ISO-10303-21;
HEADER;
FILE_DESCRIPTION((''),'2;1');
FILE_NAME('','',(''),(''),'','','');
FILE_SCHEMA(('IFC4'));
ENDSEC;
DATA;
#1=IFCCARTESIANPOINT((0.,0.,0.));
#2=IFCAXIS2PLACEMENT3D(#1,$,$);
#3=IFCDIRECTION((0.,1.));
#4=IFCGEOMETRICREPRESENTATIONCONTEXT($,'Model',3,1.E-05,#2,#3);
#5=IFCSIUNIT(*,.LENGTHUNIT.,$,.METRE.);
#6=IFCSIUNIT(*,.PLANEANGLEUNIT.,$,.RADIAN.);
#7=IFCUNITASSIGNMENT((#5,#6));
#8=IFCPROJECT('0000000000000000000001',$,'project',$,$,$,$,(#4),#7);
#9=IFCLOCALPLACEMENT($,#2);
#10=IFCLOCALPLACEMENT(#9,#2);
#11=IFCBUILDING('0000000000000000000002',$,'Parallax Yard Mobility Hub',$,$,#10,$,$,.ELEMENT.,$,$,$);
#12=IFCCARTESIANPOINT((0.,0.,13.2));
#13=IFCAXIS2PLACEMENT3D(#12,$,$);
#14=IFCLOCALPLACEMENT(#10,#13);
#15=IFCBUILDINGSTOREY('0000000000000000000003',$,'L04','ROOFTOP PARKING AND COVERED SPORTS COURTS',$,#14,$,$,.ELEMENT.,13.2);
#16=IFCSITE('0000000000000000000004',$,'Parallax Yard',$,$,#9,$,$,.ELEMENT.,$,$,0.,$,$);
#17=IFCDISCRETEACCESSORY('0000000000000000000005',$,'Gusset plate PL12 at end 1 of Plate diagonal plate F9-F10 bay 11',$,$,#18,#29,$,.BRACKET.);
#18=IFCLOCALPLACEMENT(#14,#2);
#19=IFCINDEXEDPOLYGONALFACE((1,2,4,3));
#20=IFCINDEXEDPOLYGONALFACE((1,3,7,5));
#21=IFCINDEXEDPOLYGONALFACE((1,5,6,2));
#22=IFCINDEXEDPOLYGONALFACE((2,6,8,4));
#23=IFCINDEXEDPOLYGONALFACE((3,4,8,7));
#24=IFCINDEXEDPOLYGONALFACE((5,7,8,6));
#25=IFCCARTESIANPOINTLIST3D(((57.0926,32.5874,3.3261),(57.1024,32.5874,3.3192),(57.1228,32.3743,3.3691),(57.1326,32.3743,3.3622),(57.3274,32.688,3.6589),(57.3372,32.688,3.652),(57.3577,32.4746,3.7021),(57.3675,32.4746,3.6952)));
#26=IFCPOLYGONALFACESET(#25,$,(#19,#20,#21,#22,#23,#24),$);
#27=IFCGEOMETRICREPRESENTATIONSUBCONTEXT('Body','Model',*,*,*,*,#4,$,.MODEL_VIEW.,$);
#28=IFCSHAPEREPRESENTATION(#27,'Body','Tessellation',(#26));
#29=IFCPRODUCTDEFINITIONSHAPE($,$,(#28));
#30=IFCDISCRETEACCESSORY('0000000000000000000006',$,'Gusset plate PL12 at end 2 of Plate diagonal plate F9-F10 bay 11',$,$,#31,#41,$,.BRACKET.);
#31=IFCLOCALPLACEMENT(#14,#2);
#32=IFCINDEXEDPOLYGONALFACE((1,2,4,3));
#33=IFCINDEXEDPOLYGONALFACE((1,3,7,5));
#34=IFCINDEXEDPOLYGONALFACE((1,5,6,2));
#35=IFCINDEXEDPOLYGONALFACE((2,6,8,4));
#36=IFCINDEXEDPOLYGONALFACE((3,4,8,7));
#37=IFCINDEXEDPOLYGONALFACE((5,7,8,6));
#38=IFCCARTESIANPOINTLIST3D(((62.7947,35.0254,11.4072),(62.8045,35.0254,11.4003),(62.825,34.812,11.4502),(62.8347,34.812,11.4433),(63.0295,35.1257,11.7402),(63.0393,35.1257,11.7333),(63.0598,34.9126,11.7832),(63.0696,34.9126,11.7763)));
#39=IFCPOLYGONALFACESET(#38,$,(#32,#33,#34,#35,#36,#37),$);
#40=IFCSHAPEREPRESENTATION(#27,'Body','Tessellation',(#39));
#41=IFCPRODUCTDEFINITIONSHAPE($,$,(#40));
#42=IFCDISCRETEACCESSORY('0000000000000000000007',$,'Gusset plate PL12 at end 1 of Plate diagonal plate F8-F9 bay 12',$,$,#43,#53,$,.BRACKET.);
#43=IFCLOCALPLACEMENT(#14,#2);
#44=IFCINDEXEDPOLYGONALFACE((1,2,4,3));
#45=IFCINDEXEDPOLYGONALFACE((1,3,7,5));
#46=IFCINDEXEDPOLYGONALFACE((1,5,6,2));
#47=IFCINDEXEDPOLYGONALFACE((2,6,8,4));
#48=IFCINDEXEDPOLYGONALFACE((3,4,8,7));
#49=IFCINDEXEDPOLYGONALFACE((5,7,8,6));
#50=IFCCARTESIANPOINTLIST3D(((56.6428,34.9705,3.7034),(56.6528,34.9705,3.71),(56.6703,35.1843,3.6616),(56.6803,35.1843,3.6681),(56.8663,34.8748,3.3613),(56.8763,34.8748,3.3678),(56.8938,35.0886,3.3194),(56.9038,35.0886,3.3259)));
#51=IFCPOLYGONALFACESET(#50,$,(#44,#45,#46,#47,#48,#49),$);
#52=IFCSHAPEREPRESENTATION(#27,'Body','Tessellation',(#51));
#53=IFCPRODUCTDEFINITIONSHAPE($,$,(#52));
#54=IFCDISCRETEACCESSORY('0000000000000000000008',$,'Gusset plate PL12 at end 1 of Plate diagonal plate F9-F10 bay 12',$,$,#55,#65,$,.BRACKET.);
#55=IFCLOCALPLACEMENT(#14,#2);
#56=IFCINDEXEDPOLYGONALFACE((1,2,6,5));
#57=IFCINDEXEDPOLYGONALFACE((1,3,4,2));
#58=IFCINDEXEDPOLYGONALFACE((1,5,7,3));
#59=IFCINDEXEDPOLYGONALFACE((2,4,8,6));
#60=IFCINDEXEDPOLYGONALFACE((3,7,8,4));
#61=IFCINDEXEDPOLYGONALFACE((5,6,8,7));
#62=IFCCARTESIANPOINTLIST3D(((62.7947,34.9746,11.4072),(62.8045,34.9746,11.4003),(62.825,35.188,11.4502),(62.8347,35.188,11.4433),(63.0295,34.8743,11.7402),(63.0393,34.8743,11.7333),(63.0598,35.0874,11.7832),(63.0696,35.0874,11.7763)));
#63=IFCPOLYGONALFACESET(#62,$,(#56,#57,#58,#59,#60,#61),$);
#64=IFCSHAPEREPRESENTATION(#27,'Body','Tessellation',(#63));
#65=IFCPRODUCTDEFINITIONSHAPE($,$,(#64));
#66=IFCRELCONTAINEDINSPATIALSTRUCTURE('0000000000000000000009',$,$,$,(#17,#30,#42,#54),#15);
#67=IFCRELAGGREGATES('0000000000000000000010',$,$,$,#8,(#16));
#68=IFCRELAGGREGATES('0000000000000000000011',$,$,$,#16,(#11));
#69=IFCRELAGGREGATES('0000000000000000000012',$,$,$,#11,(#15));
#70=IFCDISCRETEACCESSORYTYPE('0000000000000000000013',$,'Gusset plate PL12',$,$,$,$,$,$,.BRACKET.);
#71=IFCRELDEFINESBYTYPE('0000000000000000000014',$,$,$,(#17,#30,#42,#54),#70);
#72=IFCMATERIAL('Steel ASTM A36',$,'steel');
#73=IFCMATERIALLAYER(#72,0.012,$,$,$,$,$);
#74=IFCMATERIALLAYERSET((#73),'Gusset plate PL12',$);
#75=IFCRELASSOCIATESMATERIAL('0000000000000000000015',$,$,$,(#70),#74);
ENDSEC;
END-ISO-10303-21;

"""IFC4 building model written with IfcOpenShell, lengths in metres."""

from ifc_helpers import new_model, si_unit, direction, frame, origin, place, context, subcontext, project, spatial, polyline, outline, extrude, material, layer, layer_set, type_object, element, save


model = new_model("IFC4")

# Units and contexts
model_context = context("Model", 3, precision=1e-05, world=origin(), true_north=direction((0.0, 1.0)))
body_context = subcontext(model_context, "Body", "Model", "MODEL_VIEW")
ifc_project = project(units=[si_unit("LENGTHUNIT", "METRE"), si_unit("PLANEANGLEUNIT", "RADIAN")], contexts=[model_context])

# Site, building, storey
site_placement = place(None, origin())
site = spatial("IfcSite", under=ifc_project, at=site_placement, Name="Parallax Yard", CompositionType="ELEMENT", RefElevation=0.0)
building_placement = place(site_placement, origin())
building = spatial("IfcBuilding", under=site, at=building_placement, Name="Parallax Yard Mobility Hub", CompositionType="ELEMENT")
storey_placement = place(building_placement, frame((0.0, 0.0, 13.2)))
storey = spatial("IfcBuildingStorey", under=building, at=storey_placement, Name="L04", Description="ROOFTOP PARKING AND COVERED SPORTS COURTS", CompositionType="ELEMENT", Elevation=13.2)

# Discrete accessories
ifc_material_1 = material(Name="Steel ASTM A36", Category="steel")
ifc_layer = layer(ifc_material_1, 0.012)
ifc_layer_set = layer_set([ifc_layer], Name="Gusset plate PL12")
discrete_accessory_type = type_object("IfcDiscreteAccessoryType", Name="Gusset plate PL12", PredefinedType="BRACKET", material=ifc_layer_set)
discrete_accessory_1_placement = place(storey_placement, frame((57.3274, 32.688, 3.6589), z_axis=(-0.817167, 0.000465, 0.576401), x_axis=(-0.559681, -0.239756, -0.793268)))
element("IfcDiscreteAccessory", 1, at=discrete_accessory_1_placement, inside=storey, type_object=discrete_accessory_type, Name="Gusset plate PL12 at end 1 of Plate diagonal plate F9-F10 bay 11", PredefinedType="BRACKET", context=body_context, shape_type="SweptSolid", body=[
    extrude(outline(polyline([(0.0, 0.0), (0.4195, 0.0), (0.4196, 0.2195), (-0.0001, 0.2198), (0.0, 0.0)])), origin(), (0.0, 0.0, -1.0), 0.012),
])
discrete_accessory_2_placement = place(storey_placement, frame((62.825, 34.812, 11.4502), z_axis=(-0.817216, 0.000114, 0.576331), x_axis=(0.559559, 0.239645, 0.793388)))
element("IfcDiscreteAccessory", 2, at=discrete_accessory_2_placement, inside=storey, type_object=discrete_accessory_type, Name="Gusset plate PL12 at end 2 of Plate diagonal plate F9-F10 bay 11", PredefinedType="BRACKET", context=body_context, shape_type="SweptSolid", body=[
    extrude(outline(polyline([(0.0, 0.0), (0.4197, 0.0), (0.4198, 0.2195), (0.0001, 0.2198), (0.0, 0.0)])), origin(), (0.0, 0.0, -1.0), 0.012),
])
discrete_accessory_3_placement = place(storey_placement, frame((56.6528, 34.9705, 3.71), z_axis=(0.837152, -0.000427, 0.546971), x_axis=(0.532481, -0.228018, -0.815152)))
element("IfcDiscreteAccessory", 3, at=discrete_accessory_3_placement, inside=storey, type_object=discrete_accessory_type, Name="Gusset plate PL12 at end 1 of Plate diagonal plate F8-F9 bay 12", PredefinedType="BRACKET", context=body_context, shape_type="SweptSolid", body=[
    extrude(outline(polyline([(0.0, 0.0), (0.4197, 0.0), (0.4197, 0.2197), (0.0, 0.2196), (0.0, 0.0)])), origin(), (0.0, 0.0, -1.0), 0.012),
])
discrete_accessory_4_placement = place(storey_placement, frame((62.7947, 34.9746, 11.4072), z_axis=(-0.817216, -0.000114, 0.576331), x_axis=(0.559637, -0.239097, 0.793498)))
element("IfcDiscreteAccessory", 4, at=discrete_accessory_4_placement, inside=storey, type_object=discrete_accessory_type, Name="Gusset plate PL12 at end 1 of Plate diagonal plate F9-F10 bay 12", PredefinedType="BRACKET", context=body_context, shape_type="SweptSolid", body=[
    extrude(outline(polyline([(0.0, 0.0), (0.4197, 0.0), (0.4197, 0.2195), (0.0, 0.2198), (0.0, 0.0)])), origin(), (0.0, 0.0, -1.0), 0.012),
])

save(model, "model.ifc")
